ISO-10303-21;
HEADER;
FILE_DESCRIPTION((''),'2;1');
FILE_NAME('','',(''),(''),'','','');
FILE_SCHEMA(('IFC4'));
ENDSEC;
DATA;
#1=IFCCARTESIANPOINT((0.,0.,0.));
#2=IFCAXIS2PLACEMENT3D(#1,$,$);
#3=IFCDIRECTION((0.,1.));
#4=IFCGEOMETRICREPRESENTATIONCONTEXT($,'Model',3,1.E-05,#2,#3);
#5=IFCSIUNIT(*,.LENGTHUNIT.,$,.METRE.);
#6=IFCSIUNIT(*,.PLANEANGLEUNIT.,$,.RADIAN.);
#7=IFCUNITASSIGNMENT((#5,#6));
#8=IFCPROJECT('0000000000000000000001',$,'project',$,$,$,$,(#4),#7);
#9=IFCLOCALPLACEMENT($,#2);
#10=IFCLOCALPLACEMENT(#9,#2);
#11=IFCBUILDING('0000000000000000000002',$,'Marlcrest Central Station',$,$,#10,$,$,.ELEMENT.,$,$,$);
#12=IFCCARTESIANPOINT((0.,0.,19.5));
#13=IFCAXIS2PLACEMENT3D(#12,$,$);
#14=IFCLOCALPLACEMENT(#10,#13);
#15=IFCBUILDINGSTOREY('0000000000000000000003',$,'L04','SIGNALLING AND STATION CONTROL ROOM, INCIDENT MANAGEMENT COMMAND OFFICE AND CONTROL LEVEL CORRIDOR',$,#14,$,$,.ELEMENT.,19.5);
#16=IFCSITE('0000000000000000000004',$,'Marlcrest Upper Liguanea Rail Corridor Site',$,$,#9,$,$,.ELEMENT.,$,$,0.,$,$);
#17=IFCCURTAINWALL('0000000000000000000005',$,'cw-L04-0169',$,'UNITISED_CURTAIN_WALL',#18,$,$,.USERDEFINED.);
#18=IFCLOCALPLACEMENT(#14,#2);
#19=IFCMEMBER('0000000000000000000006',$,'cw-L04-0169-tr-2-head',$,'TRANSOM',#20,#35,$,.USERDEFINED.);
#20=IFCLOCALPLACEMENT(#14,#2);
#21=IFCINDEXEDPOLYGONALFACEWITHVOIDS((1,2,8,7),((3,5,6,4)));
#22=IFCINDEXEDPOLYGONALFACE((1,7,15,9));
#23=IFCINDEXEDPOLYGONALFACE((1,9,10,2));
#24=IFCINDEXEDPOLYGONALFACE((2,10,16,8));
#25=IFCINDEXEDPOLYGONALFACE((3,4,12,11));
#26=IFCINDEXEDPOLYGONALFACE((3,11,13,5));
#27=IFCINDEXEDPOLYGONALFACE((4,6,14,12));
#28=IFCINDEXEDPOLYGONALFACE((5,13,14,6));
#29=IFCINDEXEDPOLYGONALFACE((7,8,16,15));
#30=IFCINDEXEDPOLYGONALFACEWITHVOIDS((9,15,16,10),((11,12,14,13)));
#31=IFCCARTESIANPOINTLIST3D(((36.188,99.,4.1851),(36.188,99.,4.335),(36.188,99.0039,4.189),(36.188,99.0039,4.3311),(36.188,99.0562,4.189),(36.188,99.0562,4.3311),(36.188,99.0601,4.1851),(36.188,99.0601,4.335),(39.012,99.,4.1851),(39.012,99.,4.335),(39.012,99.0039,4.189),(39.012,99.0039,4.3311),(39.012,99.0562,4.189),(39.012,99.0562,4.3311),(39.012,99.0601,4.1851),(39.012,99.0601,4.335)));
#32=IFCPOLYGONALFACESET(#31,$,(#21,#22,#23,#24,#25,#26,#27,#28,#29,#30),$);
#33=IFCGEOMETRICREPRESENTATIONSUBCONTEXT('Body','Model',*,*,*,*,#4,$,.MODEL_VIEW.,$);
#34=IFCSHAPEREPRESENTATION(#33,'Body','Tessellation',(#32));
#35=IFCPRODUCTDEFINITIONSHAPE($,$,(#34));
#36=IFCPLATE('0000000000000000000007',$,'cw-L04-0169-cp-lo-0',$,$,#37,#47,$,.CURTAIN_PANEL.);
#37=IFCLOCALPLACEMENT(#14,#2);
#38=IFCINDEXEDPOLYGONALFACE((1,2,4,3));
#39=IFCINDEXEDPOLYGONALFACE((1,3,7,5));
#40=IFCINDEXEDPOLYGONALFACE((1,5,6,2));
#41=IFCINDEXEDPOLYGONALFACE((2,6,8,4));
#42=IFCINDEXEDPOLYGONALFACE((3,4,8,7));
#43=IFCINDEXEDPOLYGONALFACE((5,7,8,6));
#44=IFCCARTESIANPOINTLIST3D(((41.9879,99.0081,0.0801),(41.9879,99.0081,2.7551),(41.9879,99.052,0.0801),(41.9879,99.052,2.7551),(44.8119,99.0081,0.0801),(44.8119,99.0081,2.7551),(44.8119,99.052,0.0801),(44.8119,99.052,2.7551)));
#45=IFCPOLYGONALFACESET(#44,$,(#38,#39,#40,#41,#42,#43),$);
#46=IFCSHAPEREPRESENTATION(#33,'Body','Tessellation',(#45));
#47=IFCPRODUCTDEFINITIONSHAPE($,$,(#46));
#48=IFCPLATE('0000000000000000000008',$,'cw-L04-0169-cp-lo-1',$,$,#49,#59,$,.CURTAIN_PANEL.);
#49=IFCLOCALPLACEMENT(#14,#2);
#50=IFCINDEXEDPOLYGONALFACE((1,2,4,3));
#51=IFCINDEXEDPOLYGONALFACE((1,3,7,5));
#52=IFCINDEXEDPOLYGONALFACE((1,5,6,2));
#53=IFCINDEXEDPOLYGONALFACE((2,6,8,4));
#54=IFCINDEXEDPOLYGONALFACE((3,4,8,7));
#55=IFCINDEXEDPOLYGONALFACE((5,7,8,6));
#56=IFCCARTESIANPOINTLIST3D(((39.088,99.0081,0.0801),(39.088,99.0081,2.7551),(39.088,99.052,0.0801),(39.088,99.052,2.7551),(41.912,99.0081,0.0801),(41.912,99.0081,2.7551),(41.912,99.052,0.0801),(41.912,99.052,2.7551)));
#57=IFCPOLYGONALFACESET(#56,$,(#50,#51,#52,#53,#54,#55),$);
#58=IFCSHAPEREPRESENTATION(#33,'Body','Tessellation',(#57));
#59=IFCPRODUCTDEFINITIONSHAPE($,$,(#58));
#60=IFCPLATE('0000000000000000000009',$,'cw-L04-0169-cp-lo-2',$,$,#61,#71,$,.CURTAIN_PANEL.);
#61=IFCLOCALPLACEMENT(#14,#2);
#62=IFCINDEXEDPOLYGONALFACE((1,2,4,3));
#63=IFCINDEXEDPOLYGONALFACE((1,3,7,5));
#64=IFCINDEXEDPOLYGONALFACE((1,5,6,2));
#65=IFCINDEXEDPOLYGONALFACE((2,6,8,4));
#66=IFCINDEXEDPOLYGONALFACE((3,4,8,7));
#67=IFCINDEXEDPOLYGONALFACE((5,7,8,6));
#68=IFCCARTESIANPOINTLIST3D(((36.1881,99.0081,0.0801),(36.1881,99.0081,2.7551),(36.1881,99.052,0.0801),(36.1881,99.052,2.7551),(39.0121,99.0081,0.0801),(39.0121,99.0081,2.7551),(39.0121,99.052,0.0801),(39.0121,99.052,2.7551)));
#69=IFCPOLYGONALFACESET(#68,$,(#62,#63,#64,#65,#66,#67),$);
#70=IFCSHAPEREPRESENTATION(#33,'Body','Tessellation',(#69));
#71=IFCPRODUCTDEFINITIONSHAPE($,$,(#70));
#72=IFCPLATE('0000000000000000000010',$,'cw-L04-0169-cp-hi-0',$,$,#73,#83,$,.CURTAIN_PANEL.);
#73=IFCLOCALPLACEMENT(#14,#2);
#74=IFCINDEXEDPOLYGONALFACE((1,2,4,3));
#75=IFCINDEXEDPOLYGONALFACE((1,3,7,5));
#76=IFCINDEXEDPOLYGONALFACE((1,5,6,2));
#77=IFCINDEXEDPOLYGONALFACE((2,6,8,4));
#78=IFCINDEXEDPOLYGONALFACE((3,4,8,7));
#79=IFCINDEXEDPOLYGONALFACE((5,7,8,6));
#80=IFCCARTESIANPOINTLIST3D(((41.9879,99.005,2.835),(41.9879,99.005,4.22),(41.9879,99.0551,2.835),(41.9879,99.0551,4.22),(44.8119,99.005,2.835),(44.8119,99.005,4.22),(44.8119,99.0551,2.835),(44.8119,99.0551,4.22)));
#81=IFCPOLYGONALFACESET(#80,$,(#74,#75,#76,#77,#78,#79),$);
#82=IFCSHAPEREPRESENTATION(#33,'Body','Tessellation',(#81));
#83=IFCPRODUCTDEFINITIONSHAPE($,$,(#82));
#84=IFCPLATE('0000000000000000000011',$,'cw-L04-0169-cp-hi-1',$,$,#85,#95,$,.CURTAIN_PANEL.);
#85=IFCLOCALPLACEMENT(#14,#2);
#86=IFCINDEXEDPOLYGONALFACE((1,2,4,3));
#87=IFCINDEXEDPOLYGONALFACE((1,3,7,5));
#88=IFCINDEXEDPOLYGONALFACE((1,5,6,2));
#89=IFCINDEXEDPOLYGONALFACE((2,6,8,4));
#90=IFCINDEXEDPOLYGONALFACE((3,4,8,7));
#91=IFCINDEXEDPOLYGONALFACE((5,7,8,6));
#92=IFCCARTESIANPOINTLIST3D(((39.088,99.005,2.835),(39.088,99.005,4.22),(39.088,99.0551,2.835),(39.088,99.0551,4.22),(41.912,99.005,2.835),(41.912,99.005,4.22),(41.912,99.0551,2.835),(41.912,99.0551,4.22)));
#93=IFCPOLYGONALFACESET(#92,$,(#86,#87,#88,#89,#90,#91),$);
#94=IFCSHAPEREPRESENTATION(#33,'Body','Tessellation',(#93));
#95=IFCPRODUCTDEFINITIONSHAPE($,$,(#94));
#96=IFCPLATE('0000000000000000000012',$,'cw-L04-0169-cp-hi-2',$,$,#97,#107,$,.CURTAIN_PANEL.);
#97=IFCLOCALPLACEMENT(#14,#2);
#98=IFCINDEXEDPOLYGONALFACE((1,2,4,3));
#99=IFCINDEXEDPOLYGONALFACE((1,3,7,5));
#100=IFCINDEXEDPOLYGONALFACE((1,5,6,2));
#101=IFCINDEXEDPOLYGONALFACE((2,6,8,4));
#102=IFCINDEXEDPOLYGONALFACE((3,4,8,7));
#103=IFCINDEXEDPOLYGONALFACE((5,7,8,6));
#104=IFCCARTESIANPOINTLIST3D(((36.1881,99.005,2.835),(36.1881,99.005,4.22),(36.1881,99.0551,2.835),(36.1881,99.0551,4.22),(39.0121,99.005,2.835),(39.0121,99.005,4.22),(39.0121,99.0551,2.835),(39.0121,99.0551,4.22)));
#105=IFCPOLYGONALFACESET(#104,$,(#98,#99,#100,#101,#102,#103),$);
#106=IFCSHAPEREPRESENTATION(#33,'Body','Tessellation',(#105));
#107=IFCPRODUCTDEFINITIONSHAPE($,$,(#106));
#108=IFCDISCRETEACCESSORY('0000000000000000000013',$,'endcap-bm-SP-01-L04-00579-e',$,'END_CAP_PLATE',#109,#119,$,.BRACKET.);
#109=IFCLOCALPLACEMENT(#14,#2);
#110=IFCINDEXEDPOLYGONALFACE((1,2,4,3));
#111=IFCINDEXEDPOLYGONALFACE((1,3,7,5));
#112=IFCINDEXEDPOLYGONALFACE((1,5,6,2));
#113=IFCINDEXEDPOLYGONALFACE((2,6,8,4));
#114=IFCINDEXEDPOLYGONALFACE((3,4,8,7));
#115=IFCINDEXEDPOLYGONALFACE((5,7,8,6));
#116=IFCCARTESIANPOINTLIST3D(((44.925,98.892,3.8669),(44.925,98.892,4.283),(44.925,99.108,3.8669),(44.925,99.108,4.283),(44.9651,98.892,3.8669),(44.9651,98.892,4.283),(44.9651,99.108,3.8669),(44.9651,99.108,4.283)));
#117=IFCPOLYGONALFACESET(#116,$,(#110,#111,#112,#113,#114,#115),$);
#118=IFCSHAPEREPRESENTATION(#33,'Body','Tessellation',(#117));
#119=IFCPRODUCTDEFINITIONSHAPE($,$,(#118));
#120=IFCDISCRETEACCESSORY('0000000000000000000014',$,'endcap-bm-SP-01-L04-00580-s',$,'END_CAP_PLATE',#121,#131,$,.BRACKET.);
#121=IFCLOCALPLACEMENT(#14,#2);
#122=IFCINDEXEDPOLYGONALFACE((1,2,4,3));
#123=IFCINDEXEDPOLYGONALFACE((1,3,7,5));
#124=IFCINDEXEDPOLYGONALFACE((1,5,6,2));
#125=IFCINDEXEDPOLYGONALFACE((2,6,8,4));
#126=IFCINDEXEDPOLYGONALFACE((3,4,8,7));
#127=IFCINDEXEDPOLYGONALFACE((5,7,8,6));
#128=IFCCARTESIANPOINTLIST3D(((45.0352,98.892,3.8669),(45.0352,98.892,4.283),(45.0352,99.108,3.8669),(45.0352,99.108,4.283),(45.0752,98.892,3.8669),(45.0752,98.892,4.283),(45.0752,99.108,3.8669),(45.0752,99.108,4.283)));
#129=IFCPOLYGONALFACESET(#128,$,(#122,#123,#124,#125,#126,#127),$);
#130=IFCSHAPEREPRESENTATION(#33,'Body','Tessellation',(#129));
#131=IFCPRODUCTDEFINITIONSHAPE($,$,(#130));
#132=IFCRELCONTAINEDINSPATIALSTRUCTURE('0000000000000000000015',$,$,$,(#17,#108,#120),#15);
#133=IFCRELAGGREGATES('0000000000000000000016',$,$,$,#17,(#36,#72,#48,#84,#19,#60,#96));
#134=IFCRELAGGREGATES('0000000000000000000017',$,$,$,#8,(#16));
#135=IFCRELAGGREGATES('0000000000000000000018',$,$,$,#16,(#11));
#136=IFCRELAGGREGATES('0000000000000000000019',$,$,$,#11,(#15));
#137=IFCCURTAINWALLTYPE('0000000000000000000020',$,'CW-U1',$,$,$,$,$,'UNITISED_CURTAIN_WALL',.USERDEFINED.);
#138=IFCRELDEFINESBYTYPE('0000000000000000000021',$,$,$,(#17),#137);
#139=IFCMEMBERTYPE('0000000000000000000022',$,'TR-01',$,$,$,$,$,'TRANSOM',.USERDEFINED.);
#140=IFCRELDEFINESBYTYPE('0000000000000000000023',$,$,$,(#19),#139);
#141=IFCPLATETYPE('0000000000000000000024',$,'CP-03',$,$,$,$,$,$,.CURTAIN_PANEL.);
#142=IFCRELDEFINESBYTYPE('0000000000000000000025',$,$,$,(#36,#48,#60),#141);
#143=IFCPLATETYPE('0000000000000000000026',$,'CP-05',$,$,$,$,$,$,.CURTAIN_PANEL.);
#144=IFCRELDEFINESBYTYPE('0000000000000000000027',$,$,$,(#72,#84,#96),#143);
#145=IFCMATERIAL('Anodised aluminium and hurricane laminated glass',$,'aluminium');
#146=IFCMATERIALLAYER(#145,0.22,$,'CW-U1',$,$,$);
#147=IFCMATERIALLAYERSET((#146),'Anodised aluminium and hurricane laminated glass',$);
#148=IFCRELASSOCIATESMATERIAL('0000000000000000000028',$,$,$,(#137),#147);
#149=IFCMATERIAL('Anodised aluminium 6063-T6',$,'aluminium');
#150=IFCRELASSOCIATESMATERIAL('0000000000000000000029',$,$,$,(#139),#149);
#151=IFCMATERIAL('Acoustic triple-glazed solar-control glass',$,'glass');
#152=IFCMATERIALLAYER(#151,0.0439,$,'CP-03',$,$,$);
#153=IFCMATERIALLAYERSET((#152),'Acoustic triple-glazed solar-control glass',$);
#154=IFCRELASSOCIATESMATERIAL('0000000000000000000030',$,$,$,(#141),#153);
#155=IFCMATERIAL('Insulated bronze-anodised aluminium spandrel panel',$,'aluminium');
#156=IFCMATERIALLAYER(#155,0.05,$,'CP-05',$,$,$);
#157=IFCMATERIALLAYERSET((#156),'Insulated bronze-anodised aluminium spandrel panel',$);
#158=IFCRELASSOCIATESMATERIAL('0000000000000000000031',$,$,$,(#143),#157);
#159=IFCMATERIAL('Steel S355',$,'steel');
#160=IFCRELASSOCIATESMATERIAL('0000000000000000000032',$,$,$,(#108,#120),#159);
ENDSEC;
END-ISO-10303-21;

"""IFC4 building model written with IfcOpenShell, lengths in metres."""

from ifc_helpers import new_model, si_unit, direction, frame, origin, origin_2d, place, context, subcontext, project, spatial, rectangle, hollow_rectangle, extrude, material, layer, layer_set, material_profile, profile_set, type_object, element, aggregate, save


model = new_model("IFC4")

# Units and contexts
model_context = context("Model", 3, precision=1e-05, world=origin(), true_north=direction((0.0, 1.0)))
body_context = subcontext(model_context, "Body", "Model", "MODEL_VIEW")
ifc_project = project(units=[si_unit("LENGTHUNIT", "METRE"), si_unit("PLANEANGLEUNIT", "RADIAN")], contexts=[model_context])

# Site, building, storey
site_placement = place(None, origin())
site = spatial("IfcSite", under=ifc_project, at=site_placement, Name="Marlcrest Upper Liguanea Rail Corridor Site", CompositionType="ELEMENT", RefElevation=0.0)
building_placement = place(site_placement, origin())
building = spatial("IfcBuilding", under=site, at=building_placement, Name="Marlcrest Central Station", CompositionType="ELEMENT")
storey_placement = place(building_placement, frame((0.0, 0.0, 19.5)))
storey = spatial("IfcBuildingStorey", under=building, at=storey_placement, Name="L04", Description="SIGNALLING AND STATION CONTROL ROOM, INCIDENT MANAGEMENT COMMAND OFFICE AND CONTROL LEVEL CORRIDOR", CompositionType="ELEMENT", Elevation=19.5)

# Shared definitions
ifc_material_1 = material(Name="Steel S355", Category="steel")

# Curtain wall
ifc_material_2 = material(Name="Anodised aluminium and hurricane laminated glass", Category="aluminium")
ifc_layer_1 = layer(ifc_material_2, 0.22, Name="CW-U1")
ifc_layer_set_1 = layer_set([ifc_layer_1], Name="Anodised aluminium and hurricane laminated glass")
curtain_wall_type = type_object("IfcCurtainWallType", Name="CW-U1", ElementType="UNITISED_CURTAIN_WALL", PredefinedType="USERDEFINED", material=ifc_layer_set_1)
curtain_wall_placement = place(storey_placement, origin())
curtain_wall = element("IfcCurtainWall", 1, at=curtain_wall_placement, inside=storey, type_object=curtain_wall_type, Name="cw-L04-0169", ObjectType="UNITISED_CURTAIN_WALL", PredefinedType="USERDEFINED")
ifc_material_3 = material(Name="Anodised aluminium 6063-T6", Category="aluminium")

# Member
ifc_material_profile_1 = material_profile(ifc_material_3, hollow_rectangle(XDim=0.0601, YDim=0.1499, WallThickness=0.0039, at=origin_2d()), Name="AA-RHS 150x60x4")
ifc_profile_set_1 = profile_set([ifc_material_profile_1], Name="Anodised aluminium 6063-T6")
member_type_1 = type_object("IfcMemberType", Name="TR-01", ElementType="TRANSOM", PredefinedType="USERDEFINED", material=ifc_profile_set_1)
member_1_placement = place(storey_placement, frame((39.012, 99.03, 4.26), z_axis=(-1.0, 0.0, 0.0), x_axis=(0.0, -1.0, 0.0)))
member_1 = element("IfcMember", 2, at=member_1_placement, type_object=member_type_1, Name="cw-L04-0169-tr-2-head", ObjectType="TRANSOM", PredefinedType="USERDEFINED", context=body_context, shape_type="SweptSolid", body=[
    extrude(hollow_rectangle(XDim=0.0601, YDim=0.1499, WallThickness=0.0039, at=origin_2d()), origin(), (0.0, 0.0, 1.0), 2.824),
])

# Plates
ifc_material_4 = material(Name="Acoustic triple-glazed solar-control glass", Category="glass")
ifc_layer_2 = layer(ifc_material_4, 0.0439, Name="CP-03")
ifc_layer_set_2 = layer_set([ifc_layer_2], Name="Acoustic triple-glazed solar-control glass")
plate_type_1 = type_object("IfcPlateType", Name="CP-03", PredefinedType="CURTAIN_PANEL", material=ifc_layer_set_2)
plate_1_placement = place(storey_placement, frame((43.3999, 99.03, 0.0801), z_axis=(0.0, 0.0, 1.0), x_axis=(-1.0, 0.0, 0.0)))
plate_1 = element("IfcPlate", 3, at=plate_1_placement, type_object=plate_type_1, Name="cw-L04-0169-cp-lo-0", PredefinedType="CURTAIN_PANEL", context=body_context, shape_type="SweptSolid", body=[
    extrude(rectangle(XDim=2.824, YDim=0.0439, at=origin_2d()), origin(), (0.0, 0.0, 1.0), 2.675),
])
plate_2_placement = place(storey_placement, frame((40.5, 99.03, 0.0801), z_axis=(0.0, 0.0, 1.0), x_axis=(-1.0, 0.0, 0.0)))
plate_2 = element("IfcPlate", 4, at=plate_2_placement, type_object=plate_type_1, Name="cw-L04-0169-cp-lo-1", PredefinedType="CURTAIN_PANEL", context=body_context, shape_type="SweptSolid", body=[
    extrude(rectangle(XDim=2.824, YDim=0.0439, at=origin_2d()), origin(), (0.0, 0.0, 1.0), 2.675),
])
plate_3_placement = place(storey_placement, frame((37.6001, 99.03, 0.0801), z_axis=(0.0, 0.0, 1.0), x_axis=(-1.0, 0.0, 0.0)))
plate_3 = element("IfcPlate", 5, at=plate_3_placement, type_object=plate_type_1, Name="cw-L04-0169-cp-lo-2", PredefinedType="CURTAIN_PANEL", context=body_context, shape_type="SweptSolid", body=[
    extrude(rectangle(XDim=2.824, YDim=0.0439, at=origin_2d()), origin(), (0.0, 0.0, 1.0), 2.675),
])
ifc_material_5 = material(Name="Insulated bronze-anodised aluminium spandrel panel", Category="aluminium")
ifc_layer_3 = layer(ifc_material_5, 0.05, Name="CP-05")
ifc_layer_set_3 = layer_set([ifc_layer_3], Name="Insulated bronze-anodised aluminium spandrel panel")
plate_type_2 = type_object("IfcPlateType", Name="CP-05", PredefinedType="CURTAIN_PANEL", material=ifc_layer_set_3)
plate_4_placement = place(storey_placement, frame((43.3999, 99.03, 2.835), z_axis=(0.0, 0.0, 1.0), x_axis=(-1.0, 0.0, 0.0)))
plate_4 = element("IfcPlate", 6, at=plate_4_placement, type_object=plate_type_2, Name="cw-L04-0169-cp-hi-0", PredefinedType="CURTAIN_PANEL", context=body_context, shape_type="SweptSolid", body=[
    extrude(rectangle(XDim=2.824, YDim=0.05, at=origin_2d()), origin(), (0.0, 0.0, 1.0), 1.385),
])
plate_5_placement = place(storey_placement, frame((40.5, 99.03, 2.835), z_axis=(0.0, 0.0, 1.0), x_axis=(-1.0, 0.0, 0.0)))
plate_5 = element("IfcPlate", 7, at=plate_5_placement, type_object=plate_type_2, Name="cw-L04-0169-cp-hi-1", PredefinedType="CURTAIN_PANEL", context=body_context, shape_type="SweptSolid", body=[
    extrude(rectangle(XDim=2.824, YDim=0.05, at=origin_2d()), origin(), (0.0, 0.0, 1.0), 1.385),
])
plate_6_placement = place(storey_placement, frame((37.6001, 99.03, 2.835), z_axis=(0.0, 0.0, 1.0), x_axis=(-1.0, 0.0, 0.0)))
plate_6 = element("IfcPlate", 8, at=plate_6_placement, type_object=plate_type_2, Name="cw-L04-0169-cp-hi-2", PredefinedType="CURTAIN_PANEL", context=body_context, shape_type="SweptSolid", body=[
    extrude(rectangle(XDim=2.824, YDim=0.05, at=origin_2d()), origin(), (0.0, 0.0, 1.0), 1.385),
])
aggregate(curtain_wall, [plate_1, plate_4, plate_2, plate_5, member_1, plate_3, plate_6])

# Discrete accessories
for number, where, z_axis, x_axis, name in (
    (9, (44.925, 99.0, 4.075), (1.0, 0.0, 0.0), (0.0, 1.0, 0.0), "endcap-bm-SP-01-L04-00579-e"),
    (10, (45.0352, 99.0, 4.075), (1.0, 0.0, 0.0), (0.0, 1.0, 0.0), "endcap-bm-SP-01-L04-00580-s"),
):
    element("IfcDiscreteAccessory", number, at=place(storey_placement, frame(where, z_axis=z_axis, x_axis=x_axis)), inside=storey, material=ifc_material_1, Name=name, ObjectType="END_CAP_PLATE", PredefinedType="BRACKET", context=body_context, shape_type="SweptSolid", body=[
        extrude(rectangle(XDim=0.2161, YDim=0.416, at=origin_2d()), origin(), (0.0, 0.0, 1.0), 0.04),
    ])

save(model, "model.ifc")
